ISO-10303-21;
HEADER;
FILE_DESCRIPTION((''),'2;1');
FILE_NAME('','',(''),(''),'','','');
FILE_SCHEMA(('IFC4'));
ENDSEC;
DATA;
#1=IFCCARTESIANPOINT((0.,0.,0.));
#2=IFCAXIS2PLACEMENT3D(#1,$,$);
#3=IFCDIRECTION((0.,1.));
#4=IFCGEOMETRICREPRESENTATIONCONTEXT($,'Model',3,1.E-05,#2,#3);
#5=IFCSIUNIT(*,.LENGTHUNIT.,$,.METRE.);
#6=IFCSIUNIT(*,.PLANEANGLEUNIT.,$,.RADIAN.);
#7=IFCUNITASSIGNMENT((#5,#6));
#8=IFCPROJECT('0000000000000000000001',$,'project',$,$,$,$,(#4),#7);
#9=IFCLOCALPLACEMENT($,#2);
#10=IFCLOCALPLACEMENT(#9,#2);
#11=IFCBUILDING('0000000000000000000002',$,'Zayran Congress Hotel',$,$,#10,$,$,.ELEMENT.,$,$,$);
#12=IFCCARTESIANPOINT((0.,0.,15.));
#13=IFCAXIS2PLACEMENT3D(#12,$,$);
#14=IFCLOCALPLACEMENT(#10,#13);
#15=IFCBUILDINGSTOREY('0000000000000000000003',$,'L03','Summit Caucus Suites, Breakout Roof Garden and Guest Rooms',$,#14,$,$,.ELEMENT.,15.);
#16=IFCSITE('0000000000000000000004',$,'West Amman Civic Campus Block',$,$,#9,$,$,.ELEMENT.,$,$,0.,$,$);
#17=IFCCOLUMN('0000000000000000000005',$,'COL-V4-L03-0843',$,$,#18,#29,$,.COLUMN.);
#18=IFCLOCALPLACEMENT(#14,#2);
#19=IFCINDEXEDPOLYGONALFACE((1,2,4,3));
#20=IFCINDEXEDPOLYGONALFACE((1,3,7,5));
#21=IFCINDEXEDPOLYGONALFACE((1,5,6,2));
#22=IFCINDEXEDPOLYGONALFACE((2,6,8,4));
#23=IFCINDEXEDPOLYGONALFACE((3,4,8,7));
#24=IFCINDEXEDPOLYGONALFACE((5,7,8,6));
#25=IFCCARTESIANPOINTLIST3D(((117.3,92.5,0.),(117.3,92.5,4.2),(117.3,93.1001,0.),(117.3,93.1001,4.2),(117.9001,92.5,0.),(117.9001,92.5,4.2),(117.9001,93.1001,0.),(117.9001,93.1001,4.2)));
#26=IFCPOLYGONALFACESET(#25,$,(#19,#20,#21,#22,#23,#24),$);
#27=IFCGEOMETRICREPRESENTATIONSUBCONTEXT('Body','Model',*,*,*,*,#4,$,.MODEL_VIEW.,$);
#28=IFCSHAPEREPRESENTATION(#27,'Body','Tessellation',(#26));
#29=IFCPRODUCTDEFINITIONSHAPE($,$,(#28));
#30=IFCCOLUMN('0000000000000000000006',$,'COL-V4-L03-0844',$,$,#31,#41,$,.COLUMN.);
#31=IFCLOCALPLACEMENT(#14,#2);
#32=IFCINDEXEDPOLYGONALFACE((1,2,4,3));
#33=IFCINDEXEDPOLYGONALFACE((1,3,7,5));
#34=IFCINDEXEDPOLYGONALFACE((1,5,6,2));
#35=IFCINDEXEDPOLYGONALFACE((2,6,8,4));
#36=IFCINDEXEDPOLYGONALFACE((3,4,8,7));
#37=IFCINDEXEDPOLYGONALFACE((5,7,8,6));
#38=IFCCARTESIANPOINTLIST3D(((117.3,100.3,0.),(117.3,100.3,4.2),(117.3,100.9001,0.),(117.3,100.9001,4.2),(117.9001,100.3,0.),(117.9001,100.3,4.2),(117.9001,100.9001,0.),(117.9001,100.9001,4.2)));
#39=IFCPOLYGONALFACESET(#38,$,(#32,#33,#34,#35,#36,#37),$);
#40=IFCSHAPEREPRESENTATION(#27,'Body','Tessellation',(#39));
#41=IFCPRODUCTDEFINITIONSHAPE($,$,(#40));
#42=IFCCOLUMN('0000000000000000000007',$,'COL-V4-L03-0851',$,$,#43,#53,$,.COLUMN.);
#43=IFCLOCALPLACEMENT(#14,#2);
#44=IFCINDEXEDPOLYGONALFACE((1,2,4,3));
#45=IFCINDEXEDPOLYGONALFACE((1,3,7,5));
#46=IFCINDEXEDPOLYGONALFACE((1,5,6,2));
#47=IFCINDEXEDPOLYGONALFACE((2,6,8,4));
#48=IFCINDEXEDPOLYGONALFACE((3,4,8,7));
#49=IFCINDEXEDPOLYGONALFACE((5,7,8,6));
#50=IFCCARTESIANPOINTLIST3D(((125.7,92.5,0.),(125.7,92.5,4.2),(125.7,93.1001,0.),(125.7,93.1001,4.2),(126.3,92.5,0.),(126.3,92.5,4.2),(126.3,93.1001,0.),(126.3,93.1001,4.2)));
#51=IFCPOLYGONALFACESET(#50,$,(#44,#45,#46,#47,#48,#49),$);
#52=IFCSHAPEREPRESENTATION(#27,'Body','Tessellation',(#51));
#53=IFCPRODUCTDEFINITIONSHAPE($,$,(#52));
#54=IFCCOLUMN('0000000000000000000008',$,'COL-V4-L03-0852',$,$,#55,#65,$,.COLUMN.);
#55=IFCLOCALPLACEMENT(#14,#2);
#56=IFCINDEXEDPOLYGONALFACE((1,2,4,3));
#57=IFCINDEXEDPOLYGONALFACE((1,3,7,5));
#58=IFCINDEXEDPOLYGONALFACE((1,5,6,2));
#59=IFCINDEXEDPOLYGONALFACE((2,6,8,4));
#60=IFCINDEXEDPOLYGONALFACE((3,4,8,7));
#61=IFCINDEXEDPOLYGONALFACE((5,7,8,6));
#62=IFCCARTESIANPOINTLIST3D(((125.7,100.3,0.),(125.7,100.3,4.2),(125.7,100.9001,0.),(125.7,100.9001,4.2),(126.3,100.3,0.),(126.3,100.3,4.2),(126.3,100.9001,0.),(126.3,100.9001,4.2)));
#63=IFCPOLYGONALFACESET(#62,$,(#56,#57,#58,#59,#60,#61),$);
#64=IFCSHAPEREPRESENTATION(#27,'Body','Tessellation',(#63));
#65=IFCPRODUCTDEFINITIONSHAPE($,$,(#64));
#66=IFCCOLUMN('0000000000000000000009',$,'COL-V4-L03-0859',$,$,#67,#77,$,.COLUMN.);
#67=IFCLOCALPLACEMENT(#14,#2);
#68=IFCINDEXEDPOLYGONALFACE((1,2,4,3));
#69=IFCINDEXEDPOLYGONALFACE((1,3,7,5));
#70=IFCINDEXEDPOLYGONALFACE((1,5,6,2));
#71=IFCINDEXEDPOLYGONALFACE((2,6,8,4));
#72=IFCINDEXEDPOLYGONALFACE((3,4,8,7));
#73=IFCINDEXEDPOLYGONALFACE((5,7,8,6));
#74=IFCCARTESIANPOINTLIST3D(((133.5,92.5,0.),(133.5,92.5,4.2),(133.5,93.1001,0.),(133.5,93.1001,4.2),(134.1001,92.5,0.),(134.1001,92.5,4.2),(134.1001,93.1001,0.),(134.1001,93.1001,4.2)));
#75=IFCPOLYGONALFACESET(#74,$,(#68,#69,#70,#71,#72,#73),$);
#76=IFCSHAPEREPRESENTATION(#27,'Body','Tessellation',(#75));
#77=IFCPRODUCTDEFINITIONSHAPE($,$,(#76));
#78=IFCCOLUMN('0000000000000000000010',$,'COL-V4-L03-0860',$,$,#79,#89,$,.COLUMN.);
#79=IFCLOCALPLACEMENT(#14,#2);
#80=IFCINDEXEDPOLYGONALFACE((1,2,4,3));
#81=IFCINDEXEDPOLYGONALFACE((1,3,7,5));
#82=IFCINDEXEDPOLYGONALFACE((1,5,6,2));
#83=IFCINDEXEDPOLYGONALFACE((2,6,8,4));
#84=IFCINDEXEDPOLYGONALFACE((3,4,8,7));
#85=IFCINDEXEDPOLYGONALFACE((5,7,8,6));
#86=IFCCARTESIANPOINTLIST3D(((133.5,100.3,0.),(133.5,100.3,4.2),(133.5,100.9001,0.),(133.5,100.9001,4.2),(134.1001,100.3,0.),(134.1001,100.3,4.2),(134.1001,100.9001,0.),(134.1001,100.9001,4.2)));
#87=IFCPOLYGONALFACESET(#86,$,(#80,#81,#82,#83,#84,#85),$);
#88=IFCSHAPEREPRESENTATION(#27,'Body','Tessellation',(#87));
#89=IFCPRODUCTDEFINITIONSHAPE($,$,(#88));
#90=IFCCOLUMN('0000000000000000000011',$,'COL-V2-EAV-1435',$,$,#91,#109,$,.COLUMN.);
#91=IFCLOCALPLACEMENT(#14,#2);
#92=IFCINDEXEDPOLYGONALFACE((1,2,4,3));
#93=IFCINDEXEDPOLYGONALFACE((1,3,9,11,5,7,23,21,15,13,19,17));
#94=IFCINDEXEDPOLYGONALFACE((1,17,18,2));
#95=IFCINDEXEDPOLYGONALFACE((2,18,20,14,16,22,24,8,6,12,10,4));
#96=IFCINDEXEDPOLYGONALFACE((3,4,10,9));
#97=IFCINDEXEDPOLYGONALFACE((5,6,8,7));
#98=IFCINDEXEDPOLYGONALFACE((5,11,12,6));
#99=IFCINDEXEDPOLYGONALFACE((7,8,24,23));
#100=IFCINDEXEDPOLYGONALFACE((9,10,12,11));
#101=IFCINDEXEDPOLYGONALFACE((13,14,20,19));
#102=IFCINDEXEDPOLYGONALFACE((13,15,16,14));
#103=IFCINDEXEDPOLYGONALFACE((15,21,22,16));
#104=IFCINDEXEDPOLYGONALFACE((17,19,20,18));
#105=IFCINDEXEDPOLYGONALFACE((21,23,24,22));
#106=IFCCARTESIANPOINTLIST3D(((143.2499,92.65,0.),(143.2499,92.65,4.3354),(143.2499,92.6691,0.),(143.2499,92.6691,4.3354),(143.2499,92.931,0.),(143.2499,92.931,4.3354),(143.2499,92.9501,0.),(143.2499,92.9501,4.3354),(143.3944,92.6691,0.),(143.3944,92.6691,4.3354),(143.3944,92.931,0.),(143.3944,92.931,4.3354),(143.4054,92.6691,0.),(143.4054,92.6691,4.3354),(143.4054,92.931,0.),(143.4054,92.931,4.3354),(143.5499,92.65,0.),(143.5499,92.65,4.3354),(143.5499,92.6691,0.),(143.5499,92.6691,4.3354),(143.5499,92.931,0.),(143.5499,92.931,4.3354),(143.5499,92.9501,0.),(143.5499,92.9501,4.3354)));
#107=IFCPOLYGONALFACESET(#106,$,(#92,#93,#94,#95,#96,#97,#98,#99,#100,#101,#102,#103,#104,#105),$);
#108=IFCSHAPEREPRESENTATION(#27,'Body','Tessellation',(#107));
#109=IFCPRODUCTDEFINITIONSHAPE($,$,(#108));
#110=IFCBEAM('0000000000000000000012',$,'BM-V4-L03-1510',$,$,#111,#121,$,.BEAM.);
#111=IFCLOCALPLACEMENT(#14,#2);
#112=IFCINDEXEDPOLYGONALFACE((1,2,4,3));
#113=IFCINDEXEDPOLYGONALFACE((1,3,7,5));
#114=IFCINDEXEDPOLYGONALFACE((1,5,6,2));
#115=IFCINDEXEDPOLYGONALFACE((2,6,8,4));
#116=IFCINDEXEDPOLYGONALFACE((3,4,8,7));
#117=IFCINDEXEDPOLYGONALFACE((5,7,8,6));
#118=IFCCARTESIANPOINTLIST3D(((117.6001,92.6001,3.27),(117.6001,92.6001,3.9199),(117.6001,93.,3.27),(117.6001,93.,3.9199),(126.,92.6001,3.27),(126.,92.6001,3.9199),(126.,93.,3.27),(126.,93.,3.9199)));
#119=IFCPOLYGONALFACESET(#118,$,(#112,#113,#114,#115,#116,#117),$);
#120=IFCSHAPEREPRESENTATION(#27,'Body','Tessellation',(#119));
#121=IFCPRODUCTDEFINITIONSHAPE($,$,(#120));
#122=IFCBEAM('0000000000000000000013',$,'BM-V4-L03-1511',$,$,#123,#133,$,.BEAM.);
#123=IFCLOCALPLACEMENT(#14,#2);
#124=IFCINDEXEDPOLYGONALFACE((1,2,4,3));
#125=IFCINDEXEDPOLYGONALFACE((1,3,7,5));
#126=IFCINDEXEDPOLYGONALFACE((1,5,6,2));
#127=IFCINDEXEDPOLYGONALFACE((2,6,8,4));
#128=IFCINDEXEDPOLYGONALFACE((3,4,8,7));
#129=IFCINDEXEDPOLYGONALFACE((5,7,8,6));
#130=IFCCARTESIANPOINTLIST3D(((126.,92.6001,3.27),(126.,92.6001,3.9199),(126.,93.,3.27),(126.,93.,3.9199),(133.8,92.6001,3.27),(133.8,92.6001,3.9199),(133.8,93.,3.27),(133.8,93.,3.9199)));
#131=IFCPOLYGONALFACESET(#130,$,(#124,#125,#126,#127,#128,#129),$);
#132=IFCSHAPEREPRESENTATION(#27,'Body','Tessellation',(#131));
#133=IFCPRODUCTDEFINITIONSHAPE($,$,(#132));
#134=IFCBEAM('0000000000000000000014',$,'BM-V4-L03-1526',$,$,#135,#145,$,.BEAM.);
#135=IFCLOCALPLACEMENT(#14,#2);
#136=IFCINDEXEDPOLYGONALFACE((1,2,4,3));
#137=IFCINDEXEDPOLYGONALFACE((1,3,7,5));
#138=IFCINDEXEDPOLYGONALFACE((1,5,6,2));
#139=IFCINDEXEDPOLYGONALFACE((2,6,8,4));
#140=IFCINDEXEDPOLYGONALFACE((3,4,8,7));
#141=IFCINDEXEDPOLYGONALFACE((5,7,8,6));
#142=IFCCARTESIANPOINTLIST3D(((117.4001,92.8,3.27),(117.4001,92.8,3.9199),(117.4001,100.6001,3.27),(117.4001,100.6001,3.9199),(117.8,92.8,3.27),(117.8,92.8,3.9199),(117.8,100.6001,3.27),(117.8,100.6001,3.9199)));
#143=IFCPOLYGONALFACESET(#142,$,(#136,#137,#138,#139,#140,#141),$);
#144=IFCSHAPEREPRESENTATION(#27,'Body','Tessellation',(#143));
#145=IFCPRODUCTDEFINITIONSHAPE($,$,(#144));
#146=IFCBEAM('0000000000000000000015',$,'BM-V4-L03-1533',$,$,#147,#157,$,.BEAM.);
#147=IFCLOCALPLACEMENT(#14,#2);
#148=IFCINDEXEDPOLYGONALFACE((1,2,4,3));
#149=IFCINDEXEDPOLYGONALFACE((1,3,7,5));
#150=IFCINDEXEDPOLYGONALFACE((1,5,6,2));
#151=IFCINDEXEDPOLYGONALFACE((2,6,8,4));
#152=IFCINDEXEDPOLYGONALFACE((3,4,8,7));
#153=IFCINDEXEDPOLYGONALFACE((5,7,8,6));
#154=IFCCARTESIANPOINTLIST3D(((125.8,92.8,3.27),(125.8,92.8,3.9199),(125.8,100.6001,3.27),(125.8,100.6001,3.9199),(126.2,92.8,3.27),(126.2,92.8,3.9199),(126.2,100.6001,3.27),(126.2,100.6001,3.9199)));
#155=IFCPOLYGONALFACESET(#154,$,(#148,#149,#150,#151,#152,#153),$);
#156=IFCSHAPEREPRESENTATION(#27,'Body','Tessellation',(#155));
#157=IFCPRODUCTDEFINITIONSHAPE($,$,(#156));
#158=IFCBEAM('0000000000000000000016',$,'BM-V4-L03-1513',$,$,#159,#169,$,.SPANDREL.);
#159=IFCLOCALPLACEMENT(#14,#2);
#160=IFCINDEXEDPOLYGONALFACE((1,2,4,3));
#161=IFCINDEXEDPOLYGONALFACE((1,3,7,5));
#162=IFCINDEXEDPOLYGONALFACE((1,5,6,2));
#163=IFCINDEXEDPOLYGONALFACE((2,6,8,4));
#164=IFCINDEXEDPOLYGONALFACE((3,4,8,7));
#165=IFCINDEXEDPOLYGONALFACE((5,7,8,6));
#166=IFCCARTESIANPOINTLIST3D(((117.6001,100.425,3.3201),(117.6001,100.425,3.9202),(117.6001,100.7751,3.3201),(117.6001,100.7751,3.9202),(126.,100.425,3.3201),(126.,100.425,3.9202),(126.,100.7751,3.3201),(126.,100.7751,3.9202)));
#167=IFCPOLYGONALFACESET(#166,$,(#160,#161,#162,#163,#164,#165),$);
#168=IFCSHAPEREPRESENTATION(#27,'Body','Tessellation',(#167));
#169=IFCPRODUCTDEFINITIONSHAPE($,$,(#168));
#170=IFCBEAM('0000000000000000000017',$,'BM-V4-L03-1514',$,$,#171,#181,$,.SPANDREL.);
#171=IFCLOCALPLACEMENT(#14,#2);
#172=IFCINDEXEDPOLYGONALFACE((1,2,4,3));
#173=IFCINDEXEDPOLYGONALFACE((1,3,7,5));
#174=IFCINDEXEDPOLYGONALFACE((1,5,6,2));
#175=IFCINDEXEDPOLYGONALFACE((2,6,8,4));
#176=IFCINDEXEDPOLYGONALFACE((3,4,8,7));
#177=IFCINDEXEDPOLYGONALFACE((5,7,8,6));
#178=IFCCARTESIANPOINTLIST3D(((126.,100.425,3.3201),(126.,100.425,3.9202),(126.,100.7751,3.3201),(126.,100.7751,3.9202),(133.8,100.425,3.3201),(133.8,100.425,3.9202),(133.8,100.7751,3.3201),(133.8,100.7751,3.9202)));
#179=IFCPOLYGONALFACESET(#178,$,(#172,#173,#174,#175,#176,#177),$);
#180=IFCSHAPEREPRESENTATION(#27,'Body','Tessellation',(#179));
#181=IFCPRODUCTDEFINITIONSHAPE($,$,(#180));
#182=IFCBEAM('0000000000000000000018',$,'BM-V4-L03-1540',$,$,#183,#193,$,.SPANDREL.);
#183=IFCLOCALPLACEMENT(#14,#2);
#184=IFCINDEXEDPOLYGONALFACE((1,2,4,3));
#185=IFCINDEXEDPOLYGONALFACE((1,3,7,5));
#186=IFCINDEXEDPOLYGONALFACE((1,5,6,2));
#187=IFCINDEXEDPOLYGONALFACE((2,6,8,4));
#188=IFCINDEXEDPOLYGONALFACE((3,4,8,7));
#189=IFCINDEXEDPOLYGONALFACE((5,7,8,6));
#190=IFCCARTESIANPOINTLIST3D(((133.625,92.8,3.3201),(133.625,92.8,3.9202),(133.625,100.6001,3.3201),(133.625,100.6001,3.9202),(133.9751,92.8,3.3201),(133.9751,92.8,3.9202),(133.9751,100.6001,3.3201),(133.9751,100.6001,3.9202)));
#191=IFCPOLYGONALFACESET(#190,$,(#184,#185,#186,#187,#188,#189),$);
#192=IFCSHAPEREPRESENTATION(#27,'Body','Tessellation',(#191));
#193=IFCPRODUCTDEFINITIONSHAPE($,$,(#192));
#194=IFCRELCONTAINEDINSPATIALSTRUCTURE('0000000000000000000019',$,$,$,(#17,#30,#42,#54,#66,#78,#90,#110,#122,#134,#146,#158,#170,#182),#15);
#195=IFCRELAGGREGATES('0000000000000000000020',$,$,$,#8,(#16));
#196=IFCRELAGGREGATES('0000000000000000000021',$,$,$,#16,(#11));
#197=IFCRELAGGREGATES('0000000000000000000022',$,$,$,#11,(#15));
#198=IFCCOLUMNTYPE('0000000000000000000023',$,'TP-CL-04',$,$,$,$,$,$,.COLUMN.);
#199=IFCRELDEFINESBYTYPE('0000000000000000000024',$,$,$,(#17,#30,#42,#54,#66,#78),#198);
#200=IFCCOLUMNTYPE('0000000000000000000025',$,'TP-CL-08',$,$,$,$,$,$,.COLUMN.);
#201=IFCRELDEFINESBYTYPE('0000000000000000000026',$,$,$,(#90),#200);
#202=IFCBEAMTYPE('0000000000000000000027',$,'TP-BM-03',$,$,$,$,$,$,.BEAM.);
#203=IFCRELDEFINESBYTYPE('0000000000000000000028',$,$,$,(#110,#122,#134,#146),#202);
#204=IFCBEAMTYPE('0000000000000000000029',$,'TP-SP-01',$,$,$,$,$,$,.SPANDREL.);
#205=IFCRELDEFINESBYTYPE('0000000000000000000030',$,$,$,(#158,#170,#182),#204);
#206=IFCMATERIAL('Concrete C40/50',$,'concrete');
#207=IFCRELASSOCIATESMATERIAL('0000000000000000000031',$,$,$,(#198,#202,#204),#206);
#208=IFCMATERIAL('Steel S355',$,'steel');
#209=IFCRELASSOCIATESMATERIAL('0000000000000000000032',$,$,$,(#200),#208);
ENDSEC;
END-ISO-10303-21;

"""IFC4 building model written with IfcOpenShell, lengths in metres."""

from ifc_helpers import new_model, si_unit, direction, frame, origin, origin_2d, place, context, subcontext, project, spatial, rectangle, i_section, extrude, material, material_profile, profile_set, type_object, element, save


model = new_model("IFC4")

# Units and contexts
model_context = context("Model", 3, precision=1e-05, world=origin(), true_north=direction((0.0, 1.0)))
body_context = subcontext(model_context, "Body", "Model", "MODEL_VIEW")
ifc_project = project(units=[si_unit("LENGTHUNIT", "METRE"), si_unit("PLANEANGLEUNIT", "RADIAN")], contexts=[model_context])

# Site, building, storey
site_placement = place(None, origin())
site = spatial("IfcSite", under=ifc_project, at=site_placement, Name="West Amman Civic Campus Block", CompositionType="ELEMENT", RefElevation=0.0)
building_placement = place(site_placement, origin())
building = spatial("IfcBuilding", under=site, at=building_placement, Name="Zayran Congress Hotel", CompositionType="ELEMENT")
storey_placement = place(building_placement, frame((0.0, 0.0, 15.0)))
storey = spatial("IfcBuildingStorey", under=building, at=storey_placement, Name="L03", Description="Summit Caucus Suites, Breakout Roof Garden and Guest Rooms", CompositionType="ELEMENT", Elevation=15.0)

# Columns
ifc_material_1 = material(Name="Concrete C40/50", Category="concrete")
ifc_material_profile_1 = material_profile(ifc_material_1, rectangle(XDim=0.6001, YDim=0.6001, at=origin_2d()), Name="RC 600x600")
ifc_profile_set_1 = profile_set([ifc_material_profile_1], Name="Concrete C40/50")
column_type_1 = type_object("IfcColumnType", Name="TP-CL-04", PredefinedType="COLUMN", material=ifc_profile_set_1)
for number, where, z_axis, x_axis, name in (
    (1, (117.6001, 92.8, 0.0), (0.0, 0.0, 1.0), (1.0, 0.0, 0.0), "COL-V4-L03-0843"),
    (2, (117.6001, 100.6001, 0.0), (0.0, 0.0, 1.0), (1.0, 0.0, 0.0), "COL-V4-L03-0844"),
    (3, (126.0, 92.8, 0.0), (0.0, 0.0, 1.0), (1.0, 0.0, 0.0), "COL-V4-L03-0851"),
    (4, (126.0, 100.6001, 0.0), (0.0, 0.0, 1.0), (1.0, 0.0, 0.0), "COL-V4-L03-0852"),
    (5, (133.8, 92.8, 0.0), (0.0, 0.0, 1.0), (1.0, 0.0, 0.0), "COL-V4-L03-0859"),
    (6, (133.8, 100.6001, 0.0), (0.0, 0.0, 1.0), (1.0, 0.0, 0.0), "COL-V4-L03-0860"),
):
    element("IfcColumn", number, at=place(storey_placement, frame(where, z_axis=z_axis, x_axis=x_axis)), inside=storey, type_object=column_type_1, Name=name, PredefinedType="COLUMN", context=body_context, shape_type="SweptSolid", body=[
        extrude(rectangle(XDim=0.6001, YDim=0.6001, at=origin_2d()), origin(), (0.0, 0.0, 1.0), 4.2),
    ])
ifc_material_2 = material(Name="Steel S355", Category="steel")
ifc_material_profile_2 = material_profile(ifc_material_2, i_section(OverallWidth=0.3, OverallDepth=0.3, WebThickness=0.011, FlangeThickness=0.019, at=origin_2d()), Name="HEB 300")
ifc_profile_set_2 = profile_set([ifc_material_profile_2], Name="Steel S355")
column_type_2 = type_object("IfcColumnType", Name="TP-CL-08", PredefinedType="COLUMN", material=ifc_profile_set_2)
column_placement = place(storey_placement, frame((143.3999, 92.8, 0.0), z_axis=(0.0, 0.0, 1.0), x_axis=(1.0, 0.0, 0.0)))
element("IfcColumn", 7, at=column_placement, inside=storey, type_object=column_type_2, Name="COL-V2-EAV-1435", PredefinedType="COLUMN", context=body_context, shape_type="SweptSolid", body=[
    extrude(i_section(OverallWidth=0.3, OverallDepth=0.3, WebThickness=0.011, FlangeThickness=0.019, at=origin_2d()), origin(), (0.0, 0.0, 1.0), 4.3354),
])

# Beams
ifc_material_profile_3 = material_profile(ifc_material_1, rectangle(XDim=0.3999, YDim=0.6499, at=origin_2d()), Name="RC 400x650")
ifc_profile_set_3 = profile_set([ifc_material_profile_3], Name="Concrete C40/50")
beam_type_1 = type_object("IfcBeamType", Name="TP-BM-03", PredefinedType="BEAM", material=ifc_profile_set_3)
beam_1_placement = place(storey_placement, frame((117.6001, 92.8, 3.595), z_axis=(1.0, 0.0, 0.0), x_axis=(0.0, 1.0, 0.0)))
element("IfcBeam", 8, at=beam_1_placement, inside=storey, type_object=beam_type_1, Name="BM-V4-L03-1510", PredefinedType="BEAM", context=body_context, shape_type="SweptSolid", body=[
    extrude(rectangle(XDim=0.3999, YDim=0.6499, at=origin_2d()), origin(), (0.0, 0.0, 1.0), 8.3999),
])
for number, where, z_axis, x_axis, name in (
    (9, (126.0, 92.8, 3.595), (1.0, 0.0, 0.0), (0.0, 1.0, 0.0), "BM-V4-L03-1511"),
    (10, (117.6001, 92.8, 3.595), (0.0, 1.0, 0.0), (-1.0, 0.0, 0.0), "BM-V4-L03-1526"),
    (11, (126.0, 92.8, 3.595), (0.0, 1.0, 0.0), (-1.0, 0.0, 0.0), "BM-V4-L03-1533"),
):
    element("IfcBeam", number, at=place(storey_placement, frame(where, z_axis=z_axis, x_axis=x_axis)), inside=storey, type_object=beam_type_1, Name=name, PredefinedType="BEAM", context=body_context, shape_type="SweptSolid", body=[
        extrude(rectangle(XDim=0.3999, YDim=0.6499, at=origin_2d()), origin(), (0.0, 0.0, 1.0), 7.8),
    ])
ifc_material_profile_4 = material_profile(ifc_material_1, rectangle(XDim=0.3501, YDim=0.6001, at=origin_2d()), Name="RC 350x600")
ifc_profile_set_4 = profile_set([ifc_material_profile_4], Name="Concrete C40/50")
beam_type_2 = type_object("IfcBeamType", Name="TP-SP-01", PredefinedType="SPANDREL", material=ifc_profile_set_4)
beam_2_placement = place(storey_placement, frame((117.6001, 100.6001, 3.6201), z_axis=(1.0, 0.0, 0.0), x_axis=(0.0, 1.0, 0.0)))
element("IfcBeam", 12, at=beam_2_placement, inside=storey, type_object=beam_type_2, Name="BM-V4-L03-1513", PredefinedType="SPANDREL", context=body_context, shape_type="SweptSolid", body=[
    extrude(rectangle(XDim=0.3501, YDim=0.6001, at=origin_2d()), origin(), (0.0, 0.0, 1.0), 8.3999),
])
for number, where, z_axis, x_axis, name in (
    (13, (126.0, 100.6001, 3.6201), (1.0, 0.0, 0.0), (0.0, 1.0, 0.0), "BM-V4-L03-1514"),
    (14, (133.8, 92.8, 3.6201), (0.0, 1.0, 0.0), (-1.0, 0.0, 0.0), "BM-V4-L03-1540"),
):
    element("IfcBeam", number, at=place(storey_placement, frame(where, z_axis=z_axis, x_axis=x_axis)), inside=storey, type_object=beam_type_2, Name=name, PredefinedType="SPANDREL", context=body_context, shape_type="SweptSolid", body=[
        extrude(rectangle(XDim=0.3501, YDim=0.6001, at=origin_2d()), origin(), (0.0, 0.0, 1.0), 7.8),
    ])

save(model, "model.ifc")
